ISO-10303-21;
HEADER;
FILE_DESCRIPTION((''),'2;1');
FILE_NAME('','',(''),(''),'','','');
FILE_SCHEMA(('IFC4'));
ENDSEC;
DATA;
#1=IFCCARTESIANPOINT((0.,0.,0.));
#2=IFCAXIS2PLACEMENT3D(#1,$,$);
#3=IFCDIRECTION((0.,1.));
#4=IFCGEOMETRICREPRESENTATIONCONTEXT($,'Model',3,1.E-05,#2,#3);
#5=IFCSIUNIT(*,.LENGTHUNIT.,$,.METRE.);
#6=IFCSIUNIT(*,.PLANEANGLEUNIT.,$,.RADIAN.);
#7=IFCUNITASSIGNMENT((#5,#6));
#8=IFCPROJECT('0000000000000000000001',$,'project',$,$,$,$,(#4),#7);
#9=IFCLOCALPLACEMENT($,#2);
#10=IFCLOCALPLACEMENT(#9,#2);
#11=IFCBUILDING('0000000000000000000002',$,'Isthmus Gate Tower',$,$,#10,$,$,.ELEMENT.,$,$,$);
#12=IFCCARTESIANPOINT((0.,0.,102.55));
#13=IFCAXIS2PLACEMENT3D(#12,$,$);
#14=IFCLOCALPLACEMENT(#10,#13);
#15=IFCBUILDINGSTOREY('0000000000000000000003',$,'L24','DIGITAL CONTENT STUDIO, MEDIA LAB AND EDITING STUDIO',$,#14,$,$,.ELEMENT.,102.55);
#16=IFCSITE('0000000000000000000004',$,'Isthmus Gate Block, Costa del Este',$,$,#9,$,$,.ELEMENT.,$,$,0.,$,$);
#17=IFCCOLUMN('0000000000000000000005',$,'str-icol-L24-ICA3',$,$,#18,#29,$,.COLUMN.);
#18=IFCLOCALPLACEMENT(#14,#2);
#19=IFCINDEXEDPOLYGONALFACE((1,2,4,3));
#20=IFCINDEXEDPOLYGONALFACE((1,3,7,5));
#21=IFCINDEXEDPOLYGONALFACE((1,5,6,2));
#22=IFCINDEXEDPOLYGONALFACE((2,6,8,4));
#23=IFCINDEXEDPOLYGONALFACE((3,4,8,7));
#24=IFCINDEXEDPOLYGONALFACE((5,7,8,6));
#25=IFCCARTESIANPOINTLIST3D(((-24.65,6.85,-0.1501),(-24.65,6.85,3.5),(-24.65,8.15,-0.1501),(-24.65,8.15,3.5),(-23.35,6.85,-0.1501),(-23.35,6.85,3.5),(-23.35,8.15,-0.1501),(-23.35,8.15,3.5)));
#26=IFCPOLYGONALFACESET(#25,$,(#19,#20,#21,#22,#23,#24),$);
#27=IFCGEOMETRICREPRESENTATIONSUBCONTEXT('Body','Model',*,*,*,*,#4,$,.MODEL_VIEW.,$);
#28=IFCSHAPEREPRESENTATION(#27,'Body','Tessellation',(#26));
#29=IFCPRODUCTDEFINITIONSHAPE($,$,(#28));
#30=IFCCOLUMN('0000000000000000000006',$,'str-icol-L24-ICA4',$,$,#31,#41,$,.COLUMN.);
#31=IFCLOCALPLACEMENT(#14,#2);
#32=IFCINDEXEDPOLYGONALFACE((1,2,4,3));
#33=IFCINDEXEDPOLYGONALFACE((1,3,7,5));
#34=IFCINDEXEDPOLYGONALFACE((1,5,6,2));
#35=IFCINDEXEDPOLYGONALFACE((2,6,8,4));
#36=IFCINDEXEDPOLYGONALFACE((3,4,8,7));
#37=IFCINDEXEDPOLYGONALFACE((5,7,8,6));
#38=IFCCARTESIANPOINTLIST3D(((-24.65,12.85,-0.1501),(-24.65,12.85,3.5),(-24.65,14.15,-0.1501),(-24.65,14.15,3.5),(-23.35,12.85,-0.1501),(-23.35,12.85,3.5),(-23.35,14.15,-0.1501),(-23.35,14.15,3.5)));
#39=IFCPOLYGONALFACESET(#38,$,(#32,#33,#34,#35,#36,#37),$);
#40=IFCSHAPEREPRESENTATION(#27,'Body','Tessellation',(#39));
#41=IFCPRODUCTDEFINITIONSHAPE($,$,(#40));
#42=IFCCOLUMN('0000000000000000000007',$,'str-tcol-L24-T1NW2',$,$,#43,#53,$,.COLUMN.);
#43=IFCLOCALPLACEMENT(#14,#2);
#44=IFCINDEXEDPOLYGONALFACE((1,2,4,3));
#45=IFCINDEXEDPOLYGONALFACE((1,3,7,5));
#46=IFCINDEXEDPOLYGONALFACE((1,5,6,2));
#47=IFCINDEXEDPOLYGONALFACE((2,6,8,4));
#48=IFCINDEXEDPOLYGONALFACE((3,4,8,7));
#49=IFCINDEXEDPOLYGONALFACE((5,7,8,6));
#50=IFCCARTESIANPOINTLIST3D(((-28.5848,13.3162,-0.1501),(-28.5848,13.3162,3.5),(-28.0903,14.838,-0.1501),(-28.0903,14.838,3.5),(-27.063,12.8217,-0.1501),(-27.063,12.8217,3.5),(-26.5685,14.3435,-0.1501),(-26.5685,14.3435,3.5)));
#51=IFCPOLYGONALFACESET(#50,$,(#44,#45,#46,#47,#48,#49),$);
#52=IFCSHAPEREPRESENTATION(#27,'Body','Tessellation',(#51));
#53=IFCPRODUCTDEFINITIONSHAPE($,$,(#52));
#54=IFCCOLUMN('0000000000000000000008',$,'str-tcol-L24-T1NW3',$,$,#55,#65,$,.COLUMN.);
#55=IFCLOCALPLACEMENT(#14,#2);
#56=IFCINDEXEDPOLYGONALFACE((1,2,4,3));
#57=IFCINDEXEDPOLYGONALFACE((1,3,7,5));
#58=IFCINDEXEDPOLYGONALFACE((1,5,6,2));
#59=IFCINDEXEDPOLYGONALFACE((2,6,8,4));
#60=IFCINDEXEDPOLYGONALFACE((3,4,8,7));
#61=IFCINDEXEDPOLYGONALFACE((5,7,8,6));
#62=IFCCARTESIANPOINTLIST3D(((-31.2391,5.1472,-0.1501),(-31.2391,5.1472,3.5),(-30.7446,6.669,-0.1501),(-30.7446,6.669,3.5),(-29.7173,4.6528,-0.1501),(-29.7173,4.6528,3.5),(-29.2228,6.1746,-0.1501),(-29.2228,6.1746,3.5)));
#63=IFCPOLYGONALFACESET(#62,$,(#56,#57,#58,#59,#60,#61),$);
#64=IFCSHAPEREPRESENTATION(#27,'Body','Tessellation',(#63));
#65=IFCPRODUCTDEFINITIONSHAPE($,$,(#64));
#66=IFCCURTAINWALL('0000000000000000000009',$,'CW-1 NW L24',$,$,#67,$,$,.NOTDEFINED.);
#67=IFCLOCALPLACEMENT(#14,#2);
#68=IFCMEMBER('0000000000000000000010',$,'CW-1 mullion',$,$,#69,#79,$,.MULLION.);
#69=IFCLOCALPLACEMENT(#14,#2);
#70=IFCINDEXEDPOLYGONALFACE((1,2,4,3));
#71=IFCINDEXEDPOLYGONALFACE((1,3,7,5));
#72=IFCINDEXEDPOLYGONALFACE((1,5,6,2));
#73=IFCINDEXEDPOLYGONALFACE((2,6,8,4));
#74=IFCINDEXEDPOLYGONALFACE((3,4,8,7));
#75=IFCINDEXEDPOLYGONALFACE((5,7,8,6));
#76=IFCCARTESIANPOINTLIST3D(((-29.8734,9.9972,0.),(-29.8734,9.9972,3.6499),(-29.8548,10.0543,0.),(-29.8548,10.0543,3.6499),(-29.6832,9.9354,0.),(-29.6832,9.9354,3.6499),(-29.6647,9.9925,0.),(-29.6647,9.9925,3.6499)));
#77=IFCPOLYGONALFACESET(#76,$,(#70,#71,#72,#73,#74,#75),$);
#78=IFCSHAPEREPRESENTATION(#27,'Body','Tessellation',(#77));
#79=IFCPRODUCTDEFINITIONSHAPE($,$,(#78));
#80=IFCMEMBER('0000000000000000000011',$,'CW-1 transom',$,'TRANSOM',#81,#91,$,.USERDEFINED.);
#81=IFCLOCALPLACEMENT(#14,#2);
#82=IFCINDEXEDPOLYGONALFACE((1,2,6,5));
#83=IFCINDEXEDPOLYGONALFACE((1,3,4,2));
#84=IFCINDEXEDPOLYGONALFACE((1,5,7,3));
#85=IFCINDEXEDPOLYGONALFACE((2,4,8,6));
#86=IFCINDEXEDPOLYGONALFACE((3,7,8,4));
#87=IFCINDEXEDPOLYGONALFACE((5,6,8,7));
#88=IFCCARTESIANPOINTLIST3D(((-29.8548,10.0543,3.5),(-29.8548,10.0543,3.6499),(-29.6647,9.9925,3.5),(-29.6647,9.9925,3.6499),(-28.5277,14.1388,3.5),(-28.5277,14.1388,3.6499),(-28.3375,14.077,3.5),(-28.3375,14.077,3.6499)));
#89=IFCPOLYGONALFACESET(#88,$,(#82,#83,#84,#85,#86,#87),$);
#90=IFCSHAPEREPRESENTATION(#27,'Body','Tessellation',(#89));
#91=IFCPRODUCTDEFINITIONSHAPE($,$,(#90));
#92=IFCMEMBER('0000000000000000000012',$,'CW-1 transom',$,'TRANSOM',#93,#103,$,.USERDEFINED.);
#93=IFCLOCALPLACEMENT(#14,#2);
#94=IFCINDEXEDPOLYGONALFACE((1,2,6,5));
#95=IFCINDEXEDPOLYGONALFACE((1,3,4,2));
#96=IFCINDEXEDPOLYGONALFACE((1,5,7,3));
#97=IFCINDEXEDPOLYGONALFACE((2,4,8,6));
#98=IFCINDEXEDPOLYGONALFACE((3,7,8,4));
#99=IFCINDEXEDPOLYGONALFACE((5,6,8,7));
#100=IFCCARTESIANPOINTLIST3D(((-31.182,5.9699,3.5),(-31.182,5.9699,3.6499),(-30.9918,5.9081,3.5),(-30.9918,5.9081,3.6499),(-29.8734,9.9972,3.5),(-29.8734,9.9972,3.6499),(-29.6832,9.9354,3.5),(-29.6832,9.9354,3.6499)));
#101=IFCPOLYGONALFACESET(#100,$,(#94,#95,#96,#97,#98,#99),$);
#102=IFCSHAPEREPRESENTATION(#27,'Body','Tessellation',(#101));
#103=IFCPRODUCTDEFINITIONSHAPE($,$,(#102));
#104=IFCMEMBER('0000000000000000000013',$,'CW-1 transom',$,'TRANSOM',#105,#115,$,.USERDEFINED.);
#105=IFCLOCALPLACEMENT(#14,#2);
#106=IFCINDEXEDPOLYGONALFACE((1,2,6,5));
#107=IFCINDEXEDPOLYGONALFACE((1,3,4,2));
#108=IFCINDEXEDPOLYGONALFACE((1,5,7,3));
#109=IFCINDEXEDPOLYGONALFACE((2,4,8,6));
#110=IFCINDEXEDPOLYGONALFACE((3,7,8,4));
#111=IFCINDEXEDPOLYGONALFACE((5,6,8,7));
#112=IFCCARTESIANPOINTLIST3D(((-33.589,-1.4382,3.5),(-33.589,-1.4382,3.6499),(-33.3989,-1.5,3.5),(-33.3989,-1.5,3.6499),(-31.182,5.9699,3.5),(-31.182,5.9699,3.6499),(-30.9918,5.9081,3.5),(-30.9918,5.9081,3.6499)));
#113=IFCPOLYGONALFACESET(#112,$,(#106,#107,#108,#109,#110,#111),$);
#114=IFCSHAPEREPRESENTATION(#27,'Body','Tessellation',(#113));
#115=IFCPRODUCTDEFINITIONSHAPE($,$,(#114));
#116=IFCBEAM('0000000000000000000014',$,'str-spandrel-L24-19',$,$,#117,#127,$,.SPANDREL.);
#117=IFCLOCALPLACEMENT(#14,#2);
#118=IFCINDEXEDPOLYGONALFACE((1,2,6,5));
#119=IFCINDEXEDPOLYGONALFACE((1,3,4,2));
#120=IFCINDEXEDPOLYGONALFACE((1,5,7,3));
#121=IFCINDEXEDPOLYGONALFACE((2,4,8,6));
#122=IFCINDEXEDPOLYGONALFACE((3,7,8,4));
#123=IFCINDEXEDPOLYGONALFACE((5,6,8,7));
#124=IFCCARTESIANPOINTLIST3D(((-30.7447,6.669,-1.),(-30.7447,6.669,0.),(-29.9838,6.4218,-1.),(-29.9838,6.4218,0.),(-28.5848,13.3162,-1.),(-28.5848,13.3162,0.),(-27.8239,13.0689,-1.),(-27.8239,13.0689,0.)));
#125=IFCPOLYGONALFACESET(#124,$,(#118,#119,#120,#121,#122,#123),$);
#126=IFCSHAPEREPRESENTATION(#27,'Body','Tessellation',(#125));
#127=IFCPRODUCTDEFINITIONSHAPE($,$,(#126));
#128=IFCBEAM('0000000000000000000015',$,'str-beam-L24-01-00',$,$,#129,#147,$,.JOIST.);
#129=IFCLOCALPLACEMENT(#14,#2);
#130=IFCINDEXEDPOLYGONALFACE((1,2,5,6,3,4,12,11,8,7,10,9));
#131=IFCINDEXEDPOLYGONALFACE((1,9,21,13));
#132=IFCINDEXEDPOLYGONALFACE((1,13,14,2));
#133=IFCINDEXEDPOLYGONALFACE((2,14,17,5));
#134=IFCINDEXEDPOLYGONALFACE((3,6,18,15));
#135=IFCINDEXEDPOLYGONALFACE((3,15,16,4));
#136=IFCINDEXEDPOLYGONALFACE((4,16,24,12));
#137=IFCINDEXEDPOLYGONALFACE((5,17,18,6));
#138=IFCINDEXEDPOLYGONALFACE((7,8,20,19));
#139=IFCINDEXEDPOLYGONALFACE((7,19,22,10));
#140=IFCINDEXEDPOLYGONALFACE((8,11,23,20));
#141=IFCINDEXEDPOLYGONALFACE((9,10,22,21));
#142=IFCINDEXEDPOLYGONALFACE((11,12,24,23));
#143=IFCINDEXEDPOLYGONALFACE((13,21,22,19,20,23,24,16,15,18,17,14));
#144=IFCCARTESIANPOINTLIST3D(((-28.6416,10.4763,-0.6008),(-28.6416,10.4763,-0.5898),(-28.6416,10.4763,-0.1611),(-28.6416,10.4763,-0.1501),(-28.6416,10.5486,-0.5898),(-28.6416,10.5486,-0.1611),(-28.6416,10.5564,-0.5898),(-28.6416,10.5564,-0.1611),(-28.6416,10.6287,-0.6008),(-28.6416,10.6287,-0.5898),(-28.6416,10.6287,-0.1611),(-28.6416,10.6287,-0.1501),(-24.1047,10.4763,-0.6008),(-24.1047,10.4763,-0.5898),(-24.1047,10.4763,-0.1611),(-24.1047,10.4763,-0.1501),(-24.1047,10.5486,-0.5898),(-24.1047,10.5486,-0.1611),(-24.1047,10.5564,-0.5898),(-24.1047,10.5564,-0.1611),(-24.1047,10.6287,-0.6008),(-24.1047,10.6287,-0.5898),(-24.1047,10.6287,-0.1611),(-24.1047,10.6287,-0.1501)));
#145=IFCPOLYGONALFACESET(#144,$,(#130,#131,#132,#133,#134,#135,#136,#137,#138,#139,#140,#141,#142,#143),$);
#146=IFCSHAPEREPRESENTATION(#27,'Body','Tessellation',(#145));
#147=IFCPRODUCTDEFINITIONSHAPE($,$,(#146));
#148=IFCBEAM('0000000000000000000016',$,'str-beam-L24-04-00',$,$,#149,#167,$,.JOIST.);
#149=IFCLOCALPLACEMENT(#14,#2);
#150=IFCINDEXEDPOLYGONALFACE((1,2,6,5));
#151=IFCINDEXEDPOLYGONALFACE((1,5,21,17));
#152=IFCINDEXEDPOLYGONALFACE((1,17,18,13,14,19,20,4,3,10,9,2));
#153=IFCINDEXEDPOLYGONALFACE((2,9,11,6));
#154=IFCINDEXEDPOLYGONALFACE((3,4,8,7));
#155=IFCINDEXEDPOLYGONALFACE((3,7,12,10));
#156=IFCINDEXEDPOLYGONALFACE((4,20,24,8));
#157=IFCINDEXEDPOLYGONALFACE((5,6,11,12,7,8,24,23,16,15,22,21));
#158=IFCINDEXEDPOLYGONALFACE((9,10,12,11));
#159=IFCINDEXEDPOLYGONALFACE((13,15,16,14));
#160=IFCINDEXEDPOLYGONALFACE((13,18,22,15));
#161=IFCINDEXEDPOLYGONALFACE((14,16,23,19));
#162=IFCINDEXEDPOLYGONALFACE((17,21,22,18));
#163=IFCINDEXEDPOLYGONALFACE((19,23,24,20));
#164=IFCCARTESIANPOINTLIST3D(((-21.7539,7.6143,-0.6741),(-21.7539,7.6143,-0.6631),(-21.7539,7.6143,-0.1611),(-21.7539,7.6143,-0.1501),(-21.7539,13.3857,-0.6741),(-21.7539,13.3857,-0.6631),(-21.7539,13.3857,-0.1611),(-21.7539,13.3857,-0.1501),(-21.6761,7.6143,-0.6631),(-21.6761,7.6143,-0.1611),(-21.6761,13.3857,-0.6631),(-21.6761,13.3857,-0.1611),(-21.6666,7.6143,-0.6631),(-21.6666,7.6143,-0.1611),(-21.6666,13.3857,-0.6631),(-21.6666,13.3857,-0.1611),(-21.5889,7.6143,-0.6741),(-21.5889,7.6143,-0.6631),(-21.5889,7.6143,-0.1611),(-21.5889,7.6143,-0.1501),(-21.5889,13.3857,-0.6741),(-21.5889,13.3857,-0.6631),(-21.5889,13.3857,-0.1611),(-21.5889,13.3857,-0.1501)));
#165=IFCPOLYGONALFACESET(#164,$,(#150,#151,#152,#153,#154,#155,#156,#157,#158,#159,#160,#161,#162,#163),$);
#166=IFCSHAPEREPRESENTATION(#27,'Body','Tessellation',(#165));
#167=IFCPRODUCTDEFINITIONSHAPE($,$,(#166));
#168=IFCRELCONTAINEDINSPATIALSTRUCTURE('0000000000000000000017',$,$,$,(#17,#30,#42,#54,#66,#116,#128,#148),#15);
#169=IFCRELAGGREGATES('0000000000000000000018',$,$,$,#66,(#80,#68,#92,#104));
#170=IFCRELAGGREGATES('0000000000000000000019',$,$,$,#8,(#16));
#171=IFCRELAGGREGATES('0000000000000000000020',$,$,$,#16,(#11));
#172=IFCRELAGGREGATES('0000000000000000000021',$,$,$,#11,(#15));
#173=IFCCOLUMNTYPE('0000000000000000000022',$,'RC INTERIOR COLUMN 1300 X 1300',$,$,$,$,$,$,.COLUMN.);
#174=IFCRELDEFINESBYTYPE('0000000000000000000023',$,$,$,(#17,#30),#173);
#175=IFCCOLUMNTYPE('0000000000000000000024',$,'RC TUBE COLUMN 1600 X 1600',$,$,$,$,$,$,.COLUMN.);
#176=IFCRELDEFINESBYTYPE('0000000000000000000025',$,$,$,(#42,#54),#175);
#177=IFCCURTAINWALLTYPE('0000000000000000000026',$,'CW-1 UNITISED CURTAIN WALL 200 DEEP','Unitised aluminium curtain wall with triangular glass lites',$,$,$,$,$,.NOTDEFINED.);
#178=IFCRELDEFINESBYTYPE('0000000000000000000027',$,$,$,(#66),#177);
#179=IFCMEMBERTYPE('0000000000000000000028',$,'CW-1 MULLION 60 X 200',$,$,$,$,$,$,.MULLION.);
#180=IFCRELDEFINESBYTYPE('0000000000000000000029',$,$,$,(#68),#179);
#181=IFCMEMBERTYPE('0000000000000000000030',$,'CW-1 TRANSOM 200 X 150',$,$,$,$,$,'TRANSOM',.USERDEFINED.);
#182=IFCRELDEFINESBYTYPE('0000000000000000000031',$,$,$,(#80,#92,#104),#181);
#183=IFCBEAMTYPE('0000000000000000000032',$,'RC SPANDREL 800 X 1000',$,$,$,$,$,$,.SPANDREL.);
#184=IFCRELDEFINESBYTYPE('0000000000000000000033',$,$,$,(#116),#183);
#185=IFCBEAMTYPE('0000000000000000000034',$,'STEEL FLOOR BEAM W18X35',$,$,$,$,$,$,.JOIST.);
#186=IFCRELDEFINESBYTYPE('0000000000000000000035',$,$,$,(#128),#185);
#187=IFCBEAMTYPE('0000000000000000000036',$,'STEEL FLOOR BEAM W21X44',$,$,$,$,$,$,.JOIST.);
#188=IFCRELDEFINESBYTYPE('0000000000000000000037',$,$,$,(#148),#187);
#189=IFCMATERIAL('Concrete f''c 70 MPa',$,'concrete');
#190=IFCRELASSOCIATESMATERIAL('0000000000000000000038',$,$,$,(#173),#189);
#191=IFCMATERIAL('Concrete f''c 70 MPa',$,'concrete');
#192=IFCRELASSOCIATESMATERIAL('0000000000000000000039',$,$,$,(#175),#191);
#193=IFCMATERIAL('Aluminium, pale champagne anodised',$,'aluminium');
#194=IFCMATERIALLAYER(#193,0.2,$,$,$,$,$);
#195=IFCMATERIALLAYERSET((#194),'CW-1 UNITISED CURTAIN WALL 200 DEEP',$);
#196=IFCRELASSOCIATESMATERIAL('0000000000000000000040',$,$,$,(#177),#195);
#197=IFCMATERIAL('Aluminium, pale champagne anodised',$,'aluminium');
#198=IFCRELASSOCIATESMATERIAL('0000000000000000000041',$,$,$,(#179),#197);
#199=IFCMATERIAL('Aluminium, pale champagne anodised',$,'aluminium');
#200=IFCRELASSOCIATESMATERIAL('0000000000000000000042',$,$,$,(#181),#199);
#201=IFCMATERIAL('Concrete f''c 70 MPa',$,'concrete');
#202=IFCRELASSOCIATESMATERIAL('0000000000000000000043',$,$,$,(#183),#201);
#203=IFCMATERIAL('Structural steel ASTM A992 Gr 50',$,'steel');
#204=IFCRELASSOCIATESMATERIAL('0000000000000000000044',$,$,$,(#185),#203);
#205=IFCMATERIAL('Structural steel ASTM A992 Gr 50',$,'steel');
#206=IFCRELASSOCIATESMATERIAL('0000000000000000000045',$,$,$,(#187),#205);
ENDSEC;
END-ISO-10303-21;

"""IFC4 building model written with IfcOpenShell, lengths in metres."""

from ifc_helpers import new_model, si_unit, direction, frame, origin, origin_2d, place, context, subcontext, project, spatial, rectangle, i_section, extrude, material, layer, layer_set, material_profile, profile_set, type_object, element, aggregate, save


model = new_model("IFC4")

# Units and contexts
model_context = context("Model", 3, precision=1e-05, world=origin(), true_north=direction((0.0, 1.0)))
body_context = subcontext(model_context, "Body", "Model", "MODEL_VIEW")
ifc_project = project(units=[si_unit("LENGTHUNIT", "METRE"), si_unit("PLANEANGLEUNIT", "RADIAN")], contexts=[model_context])

# Site, building, storey
site_placement = place(None, origin())
site = spatial("IfcSite", under=ifc_project, at=site_placement, Name="Isthmus Gate Block, Costa del Este", CompositionType="ELEMENT", RefElevation=0.0)
building_placement = place(site_placement, origin())
building = spatial("IfcBuilding", under=site, at=building_placement, Name="Isthmus Gate Tower", CompositionType="ELEMENT")
storey_placement = place(building_placement, frame((0.0, 0.0, 102.55)))
storey = spatial("IfcBuildingStorey", under=building, at=storey_placement, Name="L24", Description="DIGITAL CONTENT STUDIO, MEDIA LAB AND EDITING STUDIO", CompositionType="ELEMENT", Elevation=102.55)

# Columns
ifc_material_1 = material(Name="Concrete f'c 70 MPa", Category="concrete")
ifc_material_profile_1 = material_profile(ifc_material_1, rectangle(XDim=1.3, YDim=1.3, at=origin_2d()), Name="RC 1300X1300")
ifc_profile_set_1 = profile_set([ifc_material_profile_1], Name="Concrete f'c 70 MPa")
column_type_1 = type_object("IfcColumnType", Name="RC INTERIOR COLUMN 1300 X 1300", PredefinedType="COLUMN", material=ifc_profile_set_1)
for number, where, z_axis, x_axis, name in (
    (1, (-24.0, 7.5, -0.1501), (0.0, 0.0, 1.0), (1.0, 0.0, 0.0), "str-icol-L24-ICA3"),
    (2, (-24.0, 13.5, -0.1501), (0.0, 0.0, 1.0), (1.0, 0.0, 0.0), "str-icol-L24-ICA4"),
):
    element("IfcColumn", number, at=place(storey_placement, frame(where, z_axis=z_axis, x_axis=x_axis)), inside=storey, type_object=column_type_1, Name=name, PredefinedType="COLUMN", context=body_context, shape_type="SweptSolid", body=[
        extrude(rectangle(XDim=1.3, YDim=1.3, at=origin_2d()), origin(), (0.0, 0.0, 1.0), 3.6501),
    ])
ifc_material_2 = material(Name="Concrete f'c 70 MPa", Category="concrete")
ifc_material_profile_2 = material_profile(ifc_material_2, rectangle(XDim=1.6001, YDim=1.6001, at=origin_2d()), Name="RC 1600X1600")
ifc_profile_set_2 = profile_set([ifc_material_profile_2], Name="Concrete f'c 70 MPa")
column_type_2 = type_object("IfcColumnType", Name="RC TUBE COLUMN 1600 X 1600", PredefinedType="COLUMN", material=ifc_profile_set_2)
for number, where, z_axis, x_axis, name in (
    (3, (-27.5767, 13.8298, -0.1501), (0.0, 0.0, 1.0), (-0.309017, -0.951057, 0.0), "str-tcol-L24-T1NW2"),
    (4, (-30.231, 5.6609, -0.1501), (0.0, 0.0, 1.0), (-0.309017, -0.951057, 0.0), "str-tcol-L24-T1NW3"),
):
    element("IfcColumn", number, at=place(storey_placement, frame(where, z_axis=z_axis, x_axis=x_axis)), inside=storey, type_object=column_type_2, Name=name, PredefinedType="COLUMN", context=body_context, shape_type="SweptSolid", body=[
        extrude(rectangle(XDim=1.6001, YDim=1.6001, at=origin_2d()), origin(), (0.0, 0.0, 1.0), 3.6501),
    ])

# Curtain wall, members
ifc_material_3 = material(Name="Aluminium, pale champagne anodised", Category="aluminium")
ifc_layer_1 = layer(ifc_material_3, 0.2)
ifc_layer_set_1 = layer_set([ifc_layer_1], Name="CW-1 UNITISED CURTAIN WALL 200 DEEP")
curtain_wall_type = type_object("IfcCurtainWallType", Name="CW-1 UNITISED CURTAIN WALL 200 DEEP", Description="Unitised aluminium curtain wall with triangular glass lites", PredefinedType="NOTDEFINED", material=ifc_layer_set_1)
curtain_wall_placement = place(storey_placement, origin())
curtain_wall = element("IfcCurtainWall", 5, at=curtain_wall_placement, inside=storey, type_object=curtain_wall_type, Name="CW-1 NW L24", PredefinedType="NOTDEFINED")
ifc_material_4 = material(Name="Aluminium, pale champagne anodised", Category="aluminium")
ifc_material_profile_3 = material_profile(ifc_material_4, rectangle(XDim=0.0601, YDim=0.2, at=origin_2d()), Name="60x200")
ifc_profile_set_3 = profile_set([ifc_material_profile_3], Name="Aluminium, pale champagne anodised")
member_type_1 = type_object("IfcMemberType", Name="CW-1 MULLION 60 X 200", PredefinedType="MULLION", material=ifc_profile_set_3)
member_1_placement = place(storey_placement, frame((-29.769, 9.9949, 0.0), z_axis=(0.0, 0.0, 1.0), x_axis=(-0.309017, -0.951057, 0.0)))
member_1 = element("IfcMember", 6, at=member_1_placement, type_object=member_type_1, Name="CW-1 mullion", PredefinedType="MULLION", context=body_context, shape_type="SweptSolid", body=[
    extrude(rectangle(XDim=0.0601, YDim=0.2, at=origin_2d()), origin(), (0.0, 0.0, 1.0), 3.6499),
])
ifc_material_5 = material(Name="Aluminium, pale champagne anodised", Category="aluminium")
ifc_material_profile_4 = material_profile(ifc_material_5, rectangle(XDim=0.2, YDim=0.1499, at=origin_2d()), Name="200x150")
ifc_profile_set_4 = profile_set([ifc_material_profile_4], Name="Aluminium, pale champagne anodised")
member_type_2 = type_object("IfcMemberType", Name="CW-1 TRANSOM 200 X 150", ElementType="TRANSOM", PredefinedType="USERDEFINED", material=ifc_profile_set_4)
member_2_placement = place(storey_placement, frame((-28.4326, 14.1079, 3.575), z_axis=(-0.309022, -0.951055, 0.0), x_axis=(0.951055, -0.309022, 0.0)))
member_2 = element("IfcMember", 7, at=member_2_placement, type_object=member_type_2, Name="CW-1 transom", ObjectType="TRANSOM", PredefinedType="USERDEFINED", context=body_context, shape_type="SweptSolid", body=[
    extrude(rectangle(XDim=0.2, YDim=0.1499, at=origin_2d()), origin(), (0.0, 0.0, 1.0), 4.2947),
])
member_3_placement = place(storey_placement, frame((-29.7783, 9.9663, 3.575), z_axis=(-0.309023, -0.951054, 0.0), x_axis=(0.951054, -0.309023, 0.0)))
member_3 = element("IfcMember", 8, at=member_3_placement, type_object=member_type_2, Name="CW-1 transom", ObjectType="TRANSOM", PredefinedType="USERDEFINED", context=body_context, shape_type="SweptSolid", body=[
    extrude(rectangle(XDim=0.2, YDim=0.1499, at=origin_2d()), origin(), (0.0, 0.0, 1.0), 4.2346),
])
member_4_placement = place(storey_placement, frame((-31.0869, 5.939, 3.575), z_axis=(-0.309016, -0.951057, 0.0), x_axis=(0.951057, -0.309016, 0.0)))
member_4 = element("IfcMember", 9, at=member_4_placement, type_object=member_type_2, Name="CW-1 transom", ObjectType="TRANSOM", PredefinedType="USERDEFINED", context=body_context, shape_type="SweptSolid", body=[
    extrude(rectangle(XDim=0.2, YDim=0.1499, at=origin_2d()), origin(), (0.0, 0.0, 1.0), 7.7893),
])

# Beams
ifc_material_6 = material(Name="Concrete f'c 70 MPa", Category="concrete")
ifc_material_profile_5 = material_profile(ifc_material_6, rectangle(XDim=0.8, YDim=1.0, at=origin_2d()), Name="RC 800X1000")
ifc_profile_set_5 = profile_set([ifc_material_profile_5], Name="Concrete f'c 70 MPa")
beam_type_1 = type_object("IfcBeamType", Name="RC SPANDREL 800 X 1000", PredefinedType="SPANDREL", material=ifc_profile_set_5)
beam_1_placement = place(storey_placement, frame((-30.3643, 6.5454, -0.5), z_axis=(0.30903, 0.951052, 0.0), x_axis=(-0.951052, 0.30903, 0.0)))
element("IfcBeam", 10, at=beam_1_placement, inside=storey, type_object=beam_type_1, Name="str-spandrel-L24-19", PredefinedType="SPANDREL", context=body_context, shape_type="SweptSolid", body=[
    extrude(rectangle(XDim=0.8, YDim=1.0, at=origin_2d()), origin(), (0.0, 0.0, 1.0), 6.9893),
])
ifc_material_7 = material(Name="Structural steel ASTM A992 Gr 50", Category="steel")
ifc_material_profile_6 = material_profile(ifc_material_7, i_section(OverallWidth=0.1523, OverallDepth=0.4507, WebThickness=0.0078, FlangeThickness=0.011, at=origin_2d()), Name="W18X35")
ifc_profile_set_6 = profile_set([ifc_material_profile_6], Name="Structural steel ASTM A992 Gr 50")
beam_type_2 = type_object("IfcBeamType", Name="STEEL FLOOR BEAM W18X35", PredefinedType="JOIST", material=ifc_profile_set_6)
beam_2_placement = place(storey_placement, frame((-28.6416, 10.5525, -0.3755), z_axis=(1.0, 0.0, 0.0), x_axis=(0.0, 1.0, 0.0)))
element("IfcBeam", 11, at=beam_2_placement, inside=storey, type_object=beam_type_2, Name="str-beam-L24-01-00", PredefinedType="JOIST", context=body_context, shape_type="SweptSolid", body=[
    extrude(i_section(OverallWidth=0.1523, OverallDepth=0.4507, WebThickness=0.0078, FlangeThickness=0.011, at=origin_2d()), origin(), (0.0, 0.0, 1.0), 4.5369),
])
ifc_material_8 = material(Name="Structural steel ASTM A992 Gr 50", Category="steel")
ifc_material_profile_7 = material_profile(ifc_material_8, i_section(OverallWidth=0.165, OverallDepth=0.5239, WebThickness=0.0095, FlangeThickness=0.011, at=origin_2d()), Name="W21X44")
ifc_profile_set_7 = profile_set([ifc_material_profile_7], Name="Structural steel ASTM A992 Gr 50")
beam_type_3 = type_object("IfcBeamType", Name="STEEL FLOOR BEAM W21X44", PredefinedType="JOIST", material=ifc_profile_set_7)
beam_3_placement = place(storey_placement, frame((-21.6714, 7.6143, -0.4121), z_axis=(0.0, 1.0, 0.0), x_axis=(-1.0, 0.0, 0.0)))
element("IfcBeam", 12, at=beam_3_placement, inside=storey, type_object=beam_type_3, Name="str-beam-L24-04-00", PredefinedType="JOIST", context=body_context, shape_type="SweptSolid", body=[
    extrude(i_section(OverallWidth=0.165, OverallDepth=0.5239, WebThickness=0.0095, FlangeThickness=0.011, at=origin_2d()), origin(), (0.0, 0.0, 1.0), 5.7715),
])

aggregate(curtain_wall, [member_2, member_1, member_3, member_4])

save(model, "model.ifc")
